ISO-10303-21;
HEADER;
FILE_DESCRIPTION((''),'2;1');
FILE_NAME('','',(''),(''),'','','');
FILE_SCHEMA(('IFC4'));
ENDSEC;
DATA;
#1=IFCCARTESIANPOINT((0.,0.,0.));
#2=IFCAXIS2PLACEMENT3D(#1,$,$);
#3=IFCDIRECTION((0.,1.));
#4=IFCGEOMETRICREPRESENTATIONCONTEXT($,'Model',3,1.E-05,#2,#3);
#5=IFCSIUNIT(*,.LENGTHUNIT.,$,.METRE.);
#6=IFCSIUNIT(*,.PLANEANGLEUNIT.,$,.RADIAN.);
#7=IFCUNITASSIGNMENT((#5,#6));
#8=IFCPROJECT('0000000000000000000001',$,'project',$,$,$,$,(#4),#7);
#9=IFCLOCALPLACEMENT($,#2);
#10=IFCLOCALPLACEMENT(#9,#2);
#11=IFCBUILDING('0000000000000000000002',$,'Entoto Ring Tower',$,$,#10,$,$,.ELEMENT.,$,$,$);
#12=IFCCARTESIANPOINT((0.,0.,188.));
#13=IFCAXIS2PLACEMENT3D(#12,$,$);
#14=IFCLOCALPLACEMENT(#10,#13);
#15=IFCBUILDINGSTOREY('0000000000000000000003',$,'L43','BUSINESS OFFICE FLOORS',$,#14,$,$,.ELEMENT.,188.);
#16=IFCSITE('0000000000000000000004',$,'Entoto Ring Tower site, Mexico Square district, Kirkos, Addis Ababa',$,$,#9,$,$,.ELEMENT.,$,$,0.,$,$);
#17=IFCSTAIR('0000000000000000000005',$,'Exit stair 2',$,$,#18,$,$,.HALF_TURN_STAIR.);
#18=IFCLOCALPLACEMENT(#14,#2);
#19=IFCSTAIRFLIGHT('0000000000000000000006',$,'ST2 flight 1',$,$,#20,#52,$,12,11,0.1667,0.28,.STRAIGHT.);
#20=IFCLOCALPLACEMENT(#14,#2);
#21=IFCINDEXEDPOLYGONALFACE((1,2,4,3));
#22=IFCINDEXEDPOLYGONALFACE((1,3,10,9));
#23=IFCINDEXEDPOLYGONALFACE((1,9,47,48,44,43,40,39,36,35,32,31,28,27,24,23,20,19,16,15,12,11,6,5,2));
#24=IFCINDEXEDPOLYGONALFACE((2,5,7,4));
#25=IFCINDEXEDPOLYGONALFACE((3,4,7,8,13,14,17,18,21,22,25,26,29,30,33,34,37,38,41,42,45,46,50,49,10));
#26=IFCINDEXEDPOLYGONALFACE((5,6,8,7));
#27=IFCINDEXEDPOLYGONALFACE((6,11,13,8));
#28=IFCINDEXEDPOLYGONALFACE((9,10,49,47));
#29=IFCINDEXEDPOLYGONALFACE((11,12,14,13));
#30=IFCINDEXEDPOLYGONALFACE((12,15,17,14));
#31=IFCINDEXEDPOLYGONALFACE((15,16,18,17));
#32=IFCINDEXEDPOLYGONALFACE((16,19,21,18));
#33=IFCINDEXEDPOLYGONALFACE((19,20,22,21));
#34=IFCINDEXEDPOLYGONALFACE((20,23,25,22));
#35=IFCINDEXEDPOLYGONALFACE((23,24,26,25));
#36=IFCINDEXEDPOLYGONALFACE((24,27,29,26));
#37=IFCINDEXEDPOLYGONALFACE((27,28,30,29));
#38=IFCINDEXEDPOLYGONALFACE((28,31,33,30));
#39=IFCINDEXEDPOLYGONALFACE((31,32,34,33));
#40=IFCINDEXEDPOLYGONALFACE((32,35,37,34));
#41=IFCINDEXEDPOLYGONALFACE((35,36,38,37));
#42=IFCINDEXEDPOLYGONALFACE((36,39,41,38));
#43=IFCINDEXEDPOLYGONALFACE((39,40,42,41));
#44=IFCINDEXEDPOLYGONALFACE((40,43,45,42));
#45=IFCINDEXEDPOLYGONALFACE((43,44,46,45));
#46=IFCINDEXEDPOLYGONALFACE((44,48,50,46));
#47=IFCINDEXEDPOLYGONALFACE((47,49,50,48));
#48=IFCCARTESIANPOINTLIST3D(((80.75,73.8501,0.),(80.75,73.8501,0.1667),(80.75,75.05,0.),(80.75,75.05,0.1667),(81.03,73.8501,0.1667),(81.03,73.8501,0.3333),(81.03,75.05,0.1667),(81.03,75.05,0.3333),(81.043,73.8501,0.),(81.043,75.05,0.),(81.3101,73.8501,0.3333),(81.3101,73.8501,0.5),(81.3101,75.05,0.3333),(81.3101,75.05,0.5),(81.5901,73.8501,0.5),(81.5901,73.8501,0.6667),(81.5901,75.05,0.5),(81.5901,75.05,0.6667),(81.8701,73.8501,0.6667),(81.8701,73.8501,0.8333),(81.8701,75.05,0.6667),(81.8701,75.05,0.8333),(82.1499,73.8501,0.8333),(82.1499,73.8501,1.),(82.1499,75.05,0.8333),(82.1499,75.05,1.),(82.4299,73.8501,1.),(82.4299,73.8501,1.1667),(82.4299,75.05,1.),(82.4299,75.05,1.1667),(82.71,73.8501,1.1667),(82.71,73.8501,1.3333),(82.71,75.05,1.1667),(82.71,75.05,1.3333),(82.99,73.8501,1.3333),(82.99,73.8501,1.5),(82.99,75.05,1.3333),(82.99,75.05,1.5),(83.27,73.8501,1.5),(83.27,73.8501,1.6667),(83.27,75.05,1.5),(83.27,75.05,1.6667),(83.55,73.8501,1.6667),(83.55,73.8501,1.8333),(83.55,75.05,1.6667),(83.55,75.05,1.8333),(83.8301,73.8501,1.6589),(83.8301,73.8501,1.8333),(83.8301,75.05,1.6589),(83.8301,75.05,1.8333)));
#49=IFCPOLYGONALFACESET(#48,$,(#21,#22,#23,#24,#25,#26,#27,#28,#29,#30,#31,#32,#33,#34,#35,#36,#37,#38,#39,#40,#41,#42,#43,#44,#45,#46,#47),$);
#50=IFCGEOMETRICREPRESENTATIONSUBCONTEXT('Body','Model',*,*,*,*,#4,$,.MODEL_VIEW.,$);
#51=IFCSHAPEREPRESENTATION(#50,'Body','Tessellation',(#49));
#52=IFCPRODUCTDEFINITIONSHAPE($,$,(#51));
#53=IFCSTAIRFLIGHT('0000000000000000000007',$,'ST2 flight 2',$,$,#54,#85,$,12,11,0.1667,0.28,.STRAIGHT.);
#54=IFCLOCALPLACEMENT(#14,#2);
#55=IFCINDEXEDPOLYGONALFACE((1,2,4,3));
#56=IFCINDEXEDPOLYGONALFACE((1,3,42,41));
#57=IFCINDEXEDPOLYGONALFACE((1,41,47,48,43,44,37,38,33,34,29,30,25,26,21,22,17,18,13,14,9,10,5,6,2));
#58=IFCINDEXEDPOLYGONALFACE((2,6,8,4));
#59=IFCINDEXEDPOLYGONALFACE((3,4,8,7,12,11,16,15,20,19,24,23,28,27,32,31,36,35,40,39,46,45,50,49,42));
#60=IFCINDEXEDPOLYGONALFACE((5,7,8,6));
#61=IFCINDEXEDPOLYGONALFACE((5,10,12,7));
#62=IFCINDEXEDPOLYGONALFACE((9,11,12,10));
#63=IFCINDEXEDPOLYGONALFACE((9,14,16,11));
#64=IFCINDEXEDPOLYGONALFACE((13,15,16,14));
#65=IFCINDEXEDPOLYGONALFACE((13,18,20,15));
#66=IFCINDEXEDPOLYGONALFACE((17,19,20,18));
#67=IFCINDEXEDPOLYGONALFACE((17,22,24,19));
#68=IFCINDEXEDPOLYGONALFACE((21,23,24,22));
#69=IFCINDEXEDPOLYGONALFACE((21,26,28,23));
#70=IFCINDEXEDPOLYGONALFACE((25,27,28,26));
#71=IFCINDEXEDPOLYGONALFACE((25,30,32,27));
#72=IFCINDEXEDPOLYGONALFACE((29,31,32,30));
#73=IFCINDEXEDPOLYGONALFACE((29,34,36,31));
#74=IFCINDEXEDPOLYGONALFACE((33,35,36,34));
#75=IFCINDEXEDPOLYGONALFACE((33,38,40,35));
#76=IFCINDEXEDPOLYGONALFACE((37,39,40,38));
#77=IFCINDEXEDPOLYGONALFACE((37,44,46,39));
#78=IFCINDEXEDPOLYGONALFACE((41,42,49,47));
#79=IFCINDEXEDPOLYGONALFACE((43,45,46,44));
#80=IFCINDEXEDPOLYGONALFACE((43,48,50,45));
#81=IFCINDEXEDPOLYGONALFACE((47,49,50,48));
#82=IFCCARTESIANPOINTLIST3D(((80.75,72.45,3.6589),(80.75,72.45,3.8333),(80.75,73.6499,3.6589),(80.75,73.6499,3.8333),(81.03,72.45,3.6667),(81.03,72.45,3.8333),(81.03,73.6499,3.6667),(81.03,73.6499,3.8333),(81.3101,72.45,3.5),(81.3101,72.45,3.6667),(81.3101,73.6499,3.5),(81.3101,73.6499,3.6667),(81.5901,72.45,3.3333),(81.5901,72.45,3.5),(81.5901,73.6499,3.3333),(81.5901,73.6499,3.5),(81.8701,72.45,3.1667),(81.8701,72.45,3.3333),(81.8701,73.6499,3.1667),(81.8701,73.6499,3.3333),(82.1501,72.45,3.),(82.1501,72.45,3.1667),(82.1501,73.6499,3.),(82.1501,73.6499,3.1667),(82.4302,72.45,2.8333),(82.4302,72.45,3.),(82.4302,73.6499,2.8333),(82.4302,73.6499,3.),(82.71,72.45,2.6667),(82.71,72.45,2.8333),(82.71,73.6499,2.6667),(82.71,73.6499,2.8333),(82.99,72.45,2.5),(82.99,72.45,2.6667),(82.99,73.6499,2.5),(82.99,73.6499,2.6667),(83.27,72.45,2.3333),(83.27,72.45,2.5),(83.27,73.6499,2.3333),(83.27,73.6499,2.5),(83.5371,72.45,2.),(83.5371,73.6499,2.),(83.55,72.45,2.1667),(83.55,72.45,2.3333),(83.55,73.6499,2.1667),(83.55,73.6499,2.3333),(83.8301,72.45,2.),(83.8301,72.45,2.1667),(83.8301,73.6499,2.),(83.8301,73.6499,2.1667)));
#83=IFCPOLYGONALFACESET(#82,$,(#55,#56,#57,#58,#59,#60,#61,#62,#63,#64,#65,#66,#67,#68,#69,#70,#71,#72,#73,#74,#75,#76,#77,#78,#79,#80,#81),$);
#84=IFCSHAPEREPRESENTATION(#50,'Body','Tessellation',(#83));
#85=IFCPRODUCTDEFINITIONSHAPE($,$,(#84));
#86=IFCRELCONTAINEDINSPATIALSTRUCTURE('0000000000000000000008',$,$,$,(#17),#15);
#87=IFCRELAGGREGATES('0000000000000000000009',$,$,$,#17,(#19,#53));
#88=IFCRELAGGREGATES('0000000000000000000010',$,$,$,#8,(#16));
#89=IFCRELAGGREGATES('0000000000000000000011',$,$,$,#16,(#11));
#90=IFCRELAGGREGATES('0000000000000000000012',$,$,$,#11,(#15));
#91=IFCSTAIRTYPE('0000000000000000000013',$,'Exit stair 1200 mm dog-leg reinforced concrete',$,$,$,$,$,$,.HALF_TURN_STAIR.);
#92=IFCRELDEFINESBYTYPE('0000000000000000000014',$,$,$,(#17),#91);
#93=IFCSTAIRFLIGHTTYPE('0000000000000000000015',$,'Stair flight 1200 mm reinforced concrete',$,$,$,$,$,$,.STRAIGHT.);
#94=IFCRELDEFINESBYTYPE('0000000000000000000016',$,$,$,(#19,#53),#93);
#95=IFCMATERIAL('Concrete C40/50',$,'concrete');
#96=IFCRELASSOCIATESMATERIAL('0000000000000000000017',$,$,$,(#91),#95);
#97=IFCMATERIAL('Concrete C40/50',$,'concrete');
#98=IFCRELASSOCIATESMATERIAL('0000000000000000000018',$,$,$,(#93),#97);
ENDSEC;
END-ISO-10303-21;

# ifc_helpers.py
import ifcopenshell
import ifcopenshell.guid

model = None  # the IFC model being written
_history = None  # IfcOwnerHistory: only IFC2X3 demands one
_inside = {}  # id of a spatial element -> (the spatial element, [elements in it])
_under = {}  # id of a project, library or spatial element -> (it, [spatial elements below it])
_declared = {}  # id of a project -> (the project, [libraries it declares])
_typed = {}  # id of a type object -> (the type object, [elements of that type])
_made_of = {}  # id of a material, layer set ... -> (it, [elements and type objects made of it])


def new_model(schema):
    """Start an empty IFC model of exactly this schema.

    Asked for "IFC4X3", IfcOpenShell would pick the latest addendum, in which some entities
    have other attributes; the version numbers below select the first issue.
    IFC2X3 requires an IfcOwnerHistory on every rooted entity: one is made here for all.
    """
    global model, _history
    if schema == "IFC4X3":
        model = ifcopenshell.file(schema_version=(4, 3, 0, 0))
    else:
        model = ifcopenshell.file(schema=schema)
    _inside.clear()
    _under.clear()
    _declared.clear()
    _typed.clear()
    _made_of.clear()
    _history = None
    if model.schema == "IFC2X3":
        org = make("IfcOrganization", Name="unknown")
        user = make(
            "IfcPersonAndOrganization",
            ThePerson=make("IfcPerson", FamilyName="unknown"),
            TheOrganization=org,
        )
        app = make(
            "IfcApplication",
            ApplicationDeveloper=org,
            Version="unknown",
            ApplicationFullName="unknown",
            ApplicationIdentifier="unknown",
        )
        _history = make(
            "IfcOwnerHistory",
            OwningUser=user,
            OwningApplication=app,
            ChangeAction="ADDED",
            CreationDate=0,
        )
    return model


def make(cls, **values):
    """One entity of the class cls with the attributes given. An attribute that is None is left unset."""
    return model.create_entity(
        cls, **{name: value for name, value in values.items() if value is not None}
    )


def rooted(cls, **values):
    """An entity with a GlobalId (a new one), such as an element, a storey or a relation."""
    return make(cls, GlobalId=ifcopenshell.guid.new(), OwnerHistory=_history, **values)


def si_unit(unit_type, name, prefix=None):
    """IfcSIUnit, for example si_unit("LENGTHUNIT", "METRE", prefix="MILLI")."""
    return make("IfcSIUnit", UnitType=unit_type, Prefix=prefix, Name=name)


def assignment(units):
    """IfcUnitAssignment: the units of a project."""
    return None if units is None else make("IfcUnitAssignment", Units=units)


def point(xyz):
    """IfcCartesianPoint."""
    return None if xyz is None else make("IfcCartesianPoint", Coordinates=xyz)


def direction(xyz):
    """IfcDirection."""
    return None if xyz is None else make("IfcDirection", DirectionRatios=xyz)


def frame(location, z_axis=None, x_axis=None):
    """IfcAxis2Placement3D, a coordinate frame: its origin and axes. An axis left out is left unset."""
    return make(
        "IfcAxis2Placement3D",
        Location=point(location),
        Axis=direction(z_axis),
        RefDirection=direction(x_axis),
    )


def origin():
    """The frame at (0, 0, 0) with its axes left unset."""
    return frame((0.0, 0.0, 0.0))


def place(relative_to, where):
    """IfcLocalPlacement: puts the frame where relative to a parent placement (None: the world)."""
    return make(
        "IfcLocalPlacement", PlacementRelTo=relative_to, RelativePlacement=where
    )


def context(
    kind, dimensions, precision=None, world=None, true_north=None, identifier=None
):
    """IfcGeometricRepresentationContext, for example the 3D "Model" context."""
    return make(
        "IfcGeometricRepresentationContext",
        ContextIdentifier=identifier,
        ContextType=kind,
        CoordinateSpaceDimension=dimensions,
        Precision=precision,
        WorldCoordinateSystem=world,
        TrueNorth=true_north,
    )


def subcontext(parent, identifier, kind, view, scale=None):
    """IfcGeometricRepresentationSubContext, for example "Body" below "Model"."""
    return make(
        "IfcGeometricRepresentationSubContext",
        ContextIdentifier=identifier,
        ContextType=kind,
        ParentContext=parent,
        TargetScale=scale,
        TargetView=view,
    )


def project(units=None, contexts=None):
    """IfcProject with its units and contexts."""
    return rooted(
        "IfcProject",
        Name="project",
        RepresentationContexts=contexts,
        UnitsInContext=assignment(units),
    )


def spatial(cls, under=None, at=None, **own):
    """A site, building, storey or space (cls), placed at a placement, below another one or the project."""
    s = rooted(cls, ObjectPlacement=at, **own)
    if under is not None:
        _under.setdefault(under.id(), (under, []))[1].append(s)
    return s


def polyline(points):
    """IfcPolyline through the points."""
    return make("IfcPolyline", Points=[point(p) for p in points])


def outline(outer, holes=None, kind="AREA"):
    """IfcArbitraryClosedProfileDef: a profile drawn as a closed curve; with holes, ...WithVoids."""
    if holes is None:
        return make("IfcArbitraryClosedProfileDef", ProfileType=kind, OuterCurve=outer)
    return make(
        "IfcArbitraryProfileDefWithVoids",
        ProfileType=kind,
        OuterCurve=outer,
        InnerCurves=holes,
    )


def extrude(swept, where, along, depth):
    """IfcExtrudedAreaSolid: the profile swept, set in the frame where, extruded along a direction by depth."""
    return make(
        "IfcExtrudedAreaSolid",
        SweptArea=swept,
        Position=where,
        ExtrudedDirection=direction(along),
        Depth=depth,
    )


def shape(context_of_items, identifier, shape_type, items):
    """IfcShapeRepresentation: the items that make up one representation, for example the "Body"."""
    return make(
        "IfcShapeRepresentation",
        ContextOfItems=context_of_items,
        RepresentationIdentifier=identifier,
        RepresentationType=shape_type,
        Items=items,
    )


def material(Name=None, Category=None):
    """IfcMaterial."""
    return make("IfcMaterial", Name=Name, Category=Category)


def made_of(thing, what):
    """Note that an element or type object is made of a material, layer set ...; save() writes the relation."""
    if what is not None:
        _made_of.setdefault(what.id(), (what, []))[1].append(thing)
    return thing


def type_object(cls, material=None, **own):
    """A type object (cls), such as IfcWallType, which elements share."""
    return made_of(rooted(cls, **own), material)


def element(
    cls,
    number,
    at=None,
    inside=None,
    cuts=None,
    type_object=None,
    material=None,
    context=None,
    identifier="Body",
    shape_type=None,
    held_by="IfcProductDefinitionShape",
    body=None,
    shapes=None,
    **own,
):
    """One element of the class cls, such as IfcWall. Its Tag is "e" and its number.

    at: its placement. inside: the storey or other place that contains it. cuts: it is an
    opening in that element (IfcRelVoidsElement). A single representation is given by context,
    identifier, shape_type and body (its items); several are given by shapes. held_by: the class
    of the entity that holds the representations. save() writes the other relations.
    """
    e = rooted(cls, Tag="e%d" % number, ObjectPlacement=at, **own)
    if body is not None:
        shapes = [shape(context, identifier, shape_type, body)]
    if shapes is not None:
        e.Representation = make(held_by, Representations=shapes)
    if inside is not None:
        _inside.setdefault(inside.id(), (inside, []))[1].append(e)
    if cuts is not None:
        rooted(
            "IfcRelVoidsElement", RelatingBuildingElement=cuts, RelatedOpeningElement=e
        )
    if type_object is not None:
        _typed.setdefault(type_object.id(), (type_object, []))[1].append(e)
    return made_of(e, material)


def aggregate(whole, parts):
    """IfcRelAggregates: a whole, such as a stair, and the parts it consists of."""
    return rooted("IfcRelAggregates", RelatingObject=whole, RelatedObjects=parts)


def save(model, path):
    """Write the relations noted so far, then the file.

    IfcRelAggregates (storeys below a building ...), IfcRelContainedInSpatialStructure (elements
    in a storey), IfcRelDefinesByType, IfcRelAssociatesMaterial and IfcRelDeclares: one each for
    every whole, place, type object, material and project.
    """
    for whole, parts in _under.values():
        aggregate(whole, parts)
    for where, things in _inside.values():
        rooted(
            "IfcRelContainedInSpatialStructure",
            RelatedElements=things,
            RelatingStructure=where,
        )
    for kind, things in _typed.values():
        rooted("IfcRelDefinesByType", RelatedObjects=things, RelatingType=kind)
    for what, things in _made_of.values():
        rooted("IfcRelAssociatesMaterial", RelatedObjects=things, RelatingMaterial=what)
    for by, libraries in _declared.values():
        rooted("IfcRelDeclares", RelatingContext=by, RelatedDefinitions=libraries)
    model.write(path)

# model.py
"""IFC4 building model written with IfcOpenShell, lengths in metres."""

from ifc_helpers import new_model, si_unit, direction, frame, origin, place, context, subcontext, project, spatial, polyline, outline, extrude, material, type_object, element, aggregate, save


model = new_model("IFC4")

# Units and contexts
model_context = context("Model", 3, precision=1e-05, world=origin(), true_north=direction((0.0, 1.0)))
body_context = subcontext(model_context, "Body", "Model", "MODEL_VIEW")
ifc_project = project(units=[si_unit("LENGTHUNIT", "METRE"), si_unit("PLANEANGLEUNIT", "RADIAN")], contexts=[model_context])

# Site, building, storey
site_placement = place(None, origin())
site = spatial("IfcSite", under=ifc_project, at=site_placement, Name="Entoto Ring Tower site, Mexico Square district, Kirkos, Addis Ababa", CompositionType="ELEMENT", RefElevation=0.0)
building_placement = place(site_placement, origin())
building = spatial("IfcBuilding", under=site, at=building_placement, Name="Entoto Ring Tower", CompositionType="ELEMENT")
storey_placement = place(building_placement, frame((0.0, 0.0, 188.0)))
storey = spatial("IfcBuildingStorey", under=building, at=storey_placement, Name="L43", Description="BUSINESS OFFICE FLOORS", CompositionType="ELEMENT", Elevation=188.0)

# Stair, stair flights
ifc_material_1 = material(Name="Concrete C40/50", Category="concrete")
stair_type = type_object("IfcStairType", Name="Exit stair 1200 mm dog-leg reinforced concrete", PredefinedType="HALF_TURN_STAIR", material=ifc_material_1)
stair_placement = place(storey_placement, origin())
stair = element("IfcStair", 1, at=stair_placement, inside=storey, type_object=stair_type, Name="Exit stair 2", PredefinedType="HALF_TURN_STAIR")
ifc_material_2 = material(Name="Concrete C40/50", Category="concrete")
stair_flight_type = type_object("IfcStairFlightType", Name="Stair flight 1200 mm reinforced concrete", PredefinedType="STRAIGHT", material=ifc_material_2)
stair_flight_1_placement = place(storey_placement, frame((80.75, 74.45, 0.0), z_axis=(0.0, 0.0, 1.0), x_axis=(1.0, 0.0, 0.0)))
stair_flight_1 = element("IfcStairFlight", 2, at=stair_flight_1_placement, type_object=stair_flight_type, Name="ST2 flight 1", NumberOfRisers=12, NumberOfTreads=11, PredefinedType="STRAIGHT", RiserHeight=0.1667, TreadLength=0.28, context=body_context, shape_type="SweptSolid", body=[
    extrude(outline(polyline([(0.0, 0.0), (0.0, 0.1667), (0.28, 0.1667), (0.28, 0.3333), (0.5601, 0.3333), (0.5601, 0.5), (0.8401, 0.5), (0.8401, 0.6667), (1.1201, 0.6667), (1.1201, 0.8333), (1.3999, 0.8333), (1.3999, 1.0), (1.6799, 1.0), (1.6799, 1.1667), (1.96, 1.1667), (1.96, 1.3333), (2.24, 1.3333), (2.24, 1.5), (2.52, 1.5), (2.52, 1.6667), (2.8, 1.6667), (2.8, 1.8333), (3.0801, 1.8333), (3.0801, 2.0), (3.0801, 1.6589), (0.293, 0.0), (0.0, 0.0)])), frame((0.0, 0.6001, 0.0), z_axis=(0.0, -1.0, 0.0), x_axis=(1.0, 0.0, 0.0)), (0.0, 0.0, 1.0), 1.2),
])
stair_flight_2_placement = place(storey_placement, frame((83.8301, 73.05, 2.0), z_axis=(0.0, 0.0, 1.0), x_axis=(-1.0, 0.0, 0.0)))
stair_flight_2 = element("IfcStairFlight", 3, at=stair_flight_2_placement, type_object=stair_flight_type, Name="ST2 flight 2", NumberOfRisers=12, NumberOfTreads=11, PredefinedType="STRAIGHT", RiserHeight=0.1667, TreadLength=0.28, context=body_context, shape_type="SweptSolid", body=[
    extrude(outline(polyline([(0.0, 0.0), (0.0, 0.1667), (0.28, 0.1667), (0.28, 0.3333), (0.5601, 0.3333), (0.5601, 0.5), (0.8401, 0.5), (0.8401, 0.6667), (1.1201, 0.6667), (1.1201, 0.8333), (1.3999, 0.8333), (1.3999, 1.0), (1.6799, 1.0), (1.6799, 1.1667), (1.96, 1.1667), (1.96, 1.3333), (2.24, 1.3333), (2.24, 1.5), (2.52, 1.5), (2.52, 1.6667), (2.8, 1.6667), (2.8, 1.8333), (3.0801, 1.8333), (3.0801, 2.0), (3.0801, 1.6589), (0.293, 0.0), (0.0, 0.0)])), frame((0.0, 0.6001, 0.0), z_axis=(0.0, -1.0, 0.0), x_axis=(1.0, 0.0, 0.0)), (0.0, 0.0, 1.0), 1.2),
])
aggregate(stair, [stair_flight_1, stair_flight_2])

save(model, "model.ifc")
